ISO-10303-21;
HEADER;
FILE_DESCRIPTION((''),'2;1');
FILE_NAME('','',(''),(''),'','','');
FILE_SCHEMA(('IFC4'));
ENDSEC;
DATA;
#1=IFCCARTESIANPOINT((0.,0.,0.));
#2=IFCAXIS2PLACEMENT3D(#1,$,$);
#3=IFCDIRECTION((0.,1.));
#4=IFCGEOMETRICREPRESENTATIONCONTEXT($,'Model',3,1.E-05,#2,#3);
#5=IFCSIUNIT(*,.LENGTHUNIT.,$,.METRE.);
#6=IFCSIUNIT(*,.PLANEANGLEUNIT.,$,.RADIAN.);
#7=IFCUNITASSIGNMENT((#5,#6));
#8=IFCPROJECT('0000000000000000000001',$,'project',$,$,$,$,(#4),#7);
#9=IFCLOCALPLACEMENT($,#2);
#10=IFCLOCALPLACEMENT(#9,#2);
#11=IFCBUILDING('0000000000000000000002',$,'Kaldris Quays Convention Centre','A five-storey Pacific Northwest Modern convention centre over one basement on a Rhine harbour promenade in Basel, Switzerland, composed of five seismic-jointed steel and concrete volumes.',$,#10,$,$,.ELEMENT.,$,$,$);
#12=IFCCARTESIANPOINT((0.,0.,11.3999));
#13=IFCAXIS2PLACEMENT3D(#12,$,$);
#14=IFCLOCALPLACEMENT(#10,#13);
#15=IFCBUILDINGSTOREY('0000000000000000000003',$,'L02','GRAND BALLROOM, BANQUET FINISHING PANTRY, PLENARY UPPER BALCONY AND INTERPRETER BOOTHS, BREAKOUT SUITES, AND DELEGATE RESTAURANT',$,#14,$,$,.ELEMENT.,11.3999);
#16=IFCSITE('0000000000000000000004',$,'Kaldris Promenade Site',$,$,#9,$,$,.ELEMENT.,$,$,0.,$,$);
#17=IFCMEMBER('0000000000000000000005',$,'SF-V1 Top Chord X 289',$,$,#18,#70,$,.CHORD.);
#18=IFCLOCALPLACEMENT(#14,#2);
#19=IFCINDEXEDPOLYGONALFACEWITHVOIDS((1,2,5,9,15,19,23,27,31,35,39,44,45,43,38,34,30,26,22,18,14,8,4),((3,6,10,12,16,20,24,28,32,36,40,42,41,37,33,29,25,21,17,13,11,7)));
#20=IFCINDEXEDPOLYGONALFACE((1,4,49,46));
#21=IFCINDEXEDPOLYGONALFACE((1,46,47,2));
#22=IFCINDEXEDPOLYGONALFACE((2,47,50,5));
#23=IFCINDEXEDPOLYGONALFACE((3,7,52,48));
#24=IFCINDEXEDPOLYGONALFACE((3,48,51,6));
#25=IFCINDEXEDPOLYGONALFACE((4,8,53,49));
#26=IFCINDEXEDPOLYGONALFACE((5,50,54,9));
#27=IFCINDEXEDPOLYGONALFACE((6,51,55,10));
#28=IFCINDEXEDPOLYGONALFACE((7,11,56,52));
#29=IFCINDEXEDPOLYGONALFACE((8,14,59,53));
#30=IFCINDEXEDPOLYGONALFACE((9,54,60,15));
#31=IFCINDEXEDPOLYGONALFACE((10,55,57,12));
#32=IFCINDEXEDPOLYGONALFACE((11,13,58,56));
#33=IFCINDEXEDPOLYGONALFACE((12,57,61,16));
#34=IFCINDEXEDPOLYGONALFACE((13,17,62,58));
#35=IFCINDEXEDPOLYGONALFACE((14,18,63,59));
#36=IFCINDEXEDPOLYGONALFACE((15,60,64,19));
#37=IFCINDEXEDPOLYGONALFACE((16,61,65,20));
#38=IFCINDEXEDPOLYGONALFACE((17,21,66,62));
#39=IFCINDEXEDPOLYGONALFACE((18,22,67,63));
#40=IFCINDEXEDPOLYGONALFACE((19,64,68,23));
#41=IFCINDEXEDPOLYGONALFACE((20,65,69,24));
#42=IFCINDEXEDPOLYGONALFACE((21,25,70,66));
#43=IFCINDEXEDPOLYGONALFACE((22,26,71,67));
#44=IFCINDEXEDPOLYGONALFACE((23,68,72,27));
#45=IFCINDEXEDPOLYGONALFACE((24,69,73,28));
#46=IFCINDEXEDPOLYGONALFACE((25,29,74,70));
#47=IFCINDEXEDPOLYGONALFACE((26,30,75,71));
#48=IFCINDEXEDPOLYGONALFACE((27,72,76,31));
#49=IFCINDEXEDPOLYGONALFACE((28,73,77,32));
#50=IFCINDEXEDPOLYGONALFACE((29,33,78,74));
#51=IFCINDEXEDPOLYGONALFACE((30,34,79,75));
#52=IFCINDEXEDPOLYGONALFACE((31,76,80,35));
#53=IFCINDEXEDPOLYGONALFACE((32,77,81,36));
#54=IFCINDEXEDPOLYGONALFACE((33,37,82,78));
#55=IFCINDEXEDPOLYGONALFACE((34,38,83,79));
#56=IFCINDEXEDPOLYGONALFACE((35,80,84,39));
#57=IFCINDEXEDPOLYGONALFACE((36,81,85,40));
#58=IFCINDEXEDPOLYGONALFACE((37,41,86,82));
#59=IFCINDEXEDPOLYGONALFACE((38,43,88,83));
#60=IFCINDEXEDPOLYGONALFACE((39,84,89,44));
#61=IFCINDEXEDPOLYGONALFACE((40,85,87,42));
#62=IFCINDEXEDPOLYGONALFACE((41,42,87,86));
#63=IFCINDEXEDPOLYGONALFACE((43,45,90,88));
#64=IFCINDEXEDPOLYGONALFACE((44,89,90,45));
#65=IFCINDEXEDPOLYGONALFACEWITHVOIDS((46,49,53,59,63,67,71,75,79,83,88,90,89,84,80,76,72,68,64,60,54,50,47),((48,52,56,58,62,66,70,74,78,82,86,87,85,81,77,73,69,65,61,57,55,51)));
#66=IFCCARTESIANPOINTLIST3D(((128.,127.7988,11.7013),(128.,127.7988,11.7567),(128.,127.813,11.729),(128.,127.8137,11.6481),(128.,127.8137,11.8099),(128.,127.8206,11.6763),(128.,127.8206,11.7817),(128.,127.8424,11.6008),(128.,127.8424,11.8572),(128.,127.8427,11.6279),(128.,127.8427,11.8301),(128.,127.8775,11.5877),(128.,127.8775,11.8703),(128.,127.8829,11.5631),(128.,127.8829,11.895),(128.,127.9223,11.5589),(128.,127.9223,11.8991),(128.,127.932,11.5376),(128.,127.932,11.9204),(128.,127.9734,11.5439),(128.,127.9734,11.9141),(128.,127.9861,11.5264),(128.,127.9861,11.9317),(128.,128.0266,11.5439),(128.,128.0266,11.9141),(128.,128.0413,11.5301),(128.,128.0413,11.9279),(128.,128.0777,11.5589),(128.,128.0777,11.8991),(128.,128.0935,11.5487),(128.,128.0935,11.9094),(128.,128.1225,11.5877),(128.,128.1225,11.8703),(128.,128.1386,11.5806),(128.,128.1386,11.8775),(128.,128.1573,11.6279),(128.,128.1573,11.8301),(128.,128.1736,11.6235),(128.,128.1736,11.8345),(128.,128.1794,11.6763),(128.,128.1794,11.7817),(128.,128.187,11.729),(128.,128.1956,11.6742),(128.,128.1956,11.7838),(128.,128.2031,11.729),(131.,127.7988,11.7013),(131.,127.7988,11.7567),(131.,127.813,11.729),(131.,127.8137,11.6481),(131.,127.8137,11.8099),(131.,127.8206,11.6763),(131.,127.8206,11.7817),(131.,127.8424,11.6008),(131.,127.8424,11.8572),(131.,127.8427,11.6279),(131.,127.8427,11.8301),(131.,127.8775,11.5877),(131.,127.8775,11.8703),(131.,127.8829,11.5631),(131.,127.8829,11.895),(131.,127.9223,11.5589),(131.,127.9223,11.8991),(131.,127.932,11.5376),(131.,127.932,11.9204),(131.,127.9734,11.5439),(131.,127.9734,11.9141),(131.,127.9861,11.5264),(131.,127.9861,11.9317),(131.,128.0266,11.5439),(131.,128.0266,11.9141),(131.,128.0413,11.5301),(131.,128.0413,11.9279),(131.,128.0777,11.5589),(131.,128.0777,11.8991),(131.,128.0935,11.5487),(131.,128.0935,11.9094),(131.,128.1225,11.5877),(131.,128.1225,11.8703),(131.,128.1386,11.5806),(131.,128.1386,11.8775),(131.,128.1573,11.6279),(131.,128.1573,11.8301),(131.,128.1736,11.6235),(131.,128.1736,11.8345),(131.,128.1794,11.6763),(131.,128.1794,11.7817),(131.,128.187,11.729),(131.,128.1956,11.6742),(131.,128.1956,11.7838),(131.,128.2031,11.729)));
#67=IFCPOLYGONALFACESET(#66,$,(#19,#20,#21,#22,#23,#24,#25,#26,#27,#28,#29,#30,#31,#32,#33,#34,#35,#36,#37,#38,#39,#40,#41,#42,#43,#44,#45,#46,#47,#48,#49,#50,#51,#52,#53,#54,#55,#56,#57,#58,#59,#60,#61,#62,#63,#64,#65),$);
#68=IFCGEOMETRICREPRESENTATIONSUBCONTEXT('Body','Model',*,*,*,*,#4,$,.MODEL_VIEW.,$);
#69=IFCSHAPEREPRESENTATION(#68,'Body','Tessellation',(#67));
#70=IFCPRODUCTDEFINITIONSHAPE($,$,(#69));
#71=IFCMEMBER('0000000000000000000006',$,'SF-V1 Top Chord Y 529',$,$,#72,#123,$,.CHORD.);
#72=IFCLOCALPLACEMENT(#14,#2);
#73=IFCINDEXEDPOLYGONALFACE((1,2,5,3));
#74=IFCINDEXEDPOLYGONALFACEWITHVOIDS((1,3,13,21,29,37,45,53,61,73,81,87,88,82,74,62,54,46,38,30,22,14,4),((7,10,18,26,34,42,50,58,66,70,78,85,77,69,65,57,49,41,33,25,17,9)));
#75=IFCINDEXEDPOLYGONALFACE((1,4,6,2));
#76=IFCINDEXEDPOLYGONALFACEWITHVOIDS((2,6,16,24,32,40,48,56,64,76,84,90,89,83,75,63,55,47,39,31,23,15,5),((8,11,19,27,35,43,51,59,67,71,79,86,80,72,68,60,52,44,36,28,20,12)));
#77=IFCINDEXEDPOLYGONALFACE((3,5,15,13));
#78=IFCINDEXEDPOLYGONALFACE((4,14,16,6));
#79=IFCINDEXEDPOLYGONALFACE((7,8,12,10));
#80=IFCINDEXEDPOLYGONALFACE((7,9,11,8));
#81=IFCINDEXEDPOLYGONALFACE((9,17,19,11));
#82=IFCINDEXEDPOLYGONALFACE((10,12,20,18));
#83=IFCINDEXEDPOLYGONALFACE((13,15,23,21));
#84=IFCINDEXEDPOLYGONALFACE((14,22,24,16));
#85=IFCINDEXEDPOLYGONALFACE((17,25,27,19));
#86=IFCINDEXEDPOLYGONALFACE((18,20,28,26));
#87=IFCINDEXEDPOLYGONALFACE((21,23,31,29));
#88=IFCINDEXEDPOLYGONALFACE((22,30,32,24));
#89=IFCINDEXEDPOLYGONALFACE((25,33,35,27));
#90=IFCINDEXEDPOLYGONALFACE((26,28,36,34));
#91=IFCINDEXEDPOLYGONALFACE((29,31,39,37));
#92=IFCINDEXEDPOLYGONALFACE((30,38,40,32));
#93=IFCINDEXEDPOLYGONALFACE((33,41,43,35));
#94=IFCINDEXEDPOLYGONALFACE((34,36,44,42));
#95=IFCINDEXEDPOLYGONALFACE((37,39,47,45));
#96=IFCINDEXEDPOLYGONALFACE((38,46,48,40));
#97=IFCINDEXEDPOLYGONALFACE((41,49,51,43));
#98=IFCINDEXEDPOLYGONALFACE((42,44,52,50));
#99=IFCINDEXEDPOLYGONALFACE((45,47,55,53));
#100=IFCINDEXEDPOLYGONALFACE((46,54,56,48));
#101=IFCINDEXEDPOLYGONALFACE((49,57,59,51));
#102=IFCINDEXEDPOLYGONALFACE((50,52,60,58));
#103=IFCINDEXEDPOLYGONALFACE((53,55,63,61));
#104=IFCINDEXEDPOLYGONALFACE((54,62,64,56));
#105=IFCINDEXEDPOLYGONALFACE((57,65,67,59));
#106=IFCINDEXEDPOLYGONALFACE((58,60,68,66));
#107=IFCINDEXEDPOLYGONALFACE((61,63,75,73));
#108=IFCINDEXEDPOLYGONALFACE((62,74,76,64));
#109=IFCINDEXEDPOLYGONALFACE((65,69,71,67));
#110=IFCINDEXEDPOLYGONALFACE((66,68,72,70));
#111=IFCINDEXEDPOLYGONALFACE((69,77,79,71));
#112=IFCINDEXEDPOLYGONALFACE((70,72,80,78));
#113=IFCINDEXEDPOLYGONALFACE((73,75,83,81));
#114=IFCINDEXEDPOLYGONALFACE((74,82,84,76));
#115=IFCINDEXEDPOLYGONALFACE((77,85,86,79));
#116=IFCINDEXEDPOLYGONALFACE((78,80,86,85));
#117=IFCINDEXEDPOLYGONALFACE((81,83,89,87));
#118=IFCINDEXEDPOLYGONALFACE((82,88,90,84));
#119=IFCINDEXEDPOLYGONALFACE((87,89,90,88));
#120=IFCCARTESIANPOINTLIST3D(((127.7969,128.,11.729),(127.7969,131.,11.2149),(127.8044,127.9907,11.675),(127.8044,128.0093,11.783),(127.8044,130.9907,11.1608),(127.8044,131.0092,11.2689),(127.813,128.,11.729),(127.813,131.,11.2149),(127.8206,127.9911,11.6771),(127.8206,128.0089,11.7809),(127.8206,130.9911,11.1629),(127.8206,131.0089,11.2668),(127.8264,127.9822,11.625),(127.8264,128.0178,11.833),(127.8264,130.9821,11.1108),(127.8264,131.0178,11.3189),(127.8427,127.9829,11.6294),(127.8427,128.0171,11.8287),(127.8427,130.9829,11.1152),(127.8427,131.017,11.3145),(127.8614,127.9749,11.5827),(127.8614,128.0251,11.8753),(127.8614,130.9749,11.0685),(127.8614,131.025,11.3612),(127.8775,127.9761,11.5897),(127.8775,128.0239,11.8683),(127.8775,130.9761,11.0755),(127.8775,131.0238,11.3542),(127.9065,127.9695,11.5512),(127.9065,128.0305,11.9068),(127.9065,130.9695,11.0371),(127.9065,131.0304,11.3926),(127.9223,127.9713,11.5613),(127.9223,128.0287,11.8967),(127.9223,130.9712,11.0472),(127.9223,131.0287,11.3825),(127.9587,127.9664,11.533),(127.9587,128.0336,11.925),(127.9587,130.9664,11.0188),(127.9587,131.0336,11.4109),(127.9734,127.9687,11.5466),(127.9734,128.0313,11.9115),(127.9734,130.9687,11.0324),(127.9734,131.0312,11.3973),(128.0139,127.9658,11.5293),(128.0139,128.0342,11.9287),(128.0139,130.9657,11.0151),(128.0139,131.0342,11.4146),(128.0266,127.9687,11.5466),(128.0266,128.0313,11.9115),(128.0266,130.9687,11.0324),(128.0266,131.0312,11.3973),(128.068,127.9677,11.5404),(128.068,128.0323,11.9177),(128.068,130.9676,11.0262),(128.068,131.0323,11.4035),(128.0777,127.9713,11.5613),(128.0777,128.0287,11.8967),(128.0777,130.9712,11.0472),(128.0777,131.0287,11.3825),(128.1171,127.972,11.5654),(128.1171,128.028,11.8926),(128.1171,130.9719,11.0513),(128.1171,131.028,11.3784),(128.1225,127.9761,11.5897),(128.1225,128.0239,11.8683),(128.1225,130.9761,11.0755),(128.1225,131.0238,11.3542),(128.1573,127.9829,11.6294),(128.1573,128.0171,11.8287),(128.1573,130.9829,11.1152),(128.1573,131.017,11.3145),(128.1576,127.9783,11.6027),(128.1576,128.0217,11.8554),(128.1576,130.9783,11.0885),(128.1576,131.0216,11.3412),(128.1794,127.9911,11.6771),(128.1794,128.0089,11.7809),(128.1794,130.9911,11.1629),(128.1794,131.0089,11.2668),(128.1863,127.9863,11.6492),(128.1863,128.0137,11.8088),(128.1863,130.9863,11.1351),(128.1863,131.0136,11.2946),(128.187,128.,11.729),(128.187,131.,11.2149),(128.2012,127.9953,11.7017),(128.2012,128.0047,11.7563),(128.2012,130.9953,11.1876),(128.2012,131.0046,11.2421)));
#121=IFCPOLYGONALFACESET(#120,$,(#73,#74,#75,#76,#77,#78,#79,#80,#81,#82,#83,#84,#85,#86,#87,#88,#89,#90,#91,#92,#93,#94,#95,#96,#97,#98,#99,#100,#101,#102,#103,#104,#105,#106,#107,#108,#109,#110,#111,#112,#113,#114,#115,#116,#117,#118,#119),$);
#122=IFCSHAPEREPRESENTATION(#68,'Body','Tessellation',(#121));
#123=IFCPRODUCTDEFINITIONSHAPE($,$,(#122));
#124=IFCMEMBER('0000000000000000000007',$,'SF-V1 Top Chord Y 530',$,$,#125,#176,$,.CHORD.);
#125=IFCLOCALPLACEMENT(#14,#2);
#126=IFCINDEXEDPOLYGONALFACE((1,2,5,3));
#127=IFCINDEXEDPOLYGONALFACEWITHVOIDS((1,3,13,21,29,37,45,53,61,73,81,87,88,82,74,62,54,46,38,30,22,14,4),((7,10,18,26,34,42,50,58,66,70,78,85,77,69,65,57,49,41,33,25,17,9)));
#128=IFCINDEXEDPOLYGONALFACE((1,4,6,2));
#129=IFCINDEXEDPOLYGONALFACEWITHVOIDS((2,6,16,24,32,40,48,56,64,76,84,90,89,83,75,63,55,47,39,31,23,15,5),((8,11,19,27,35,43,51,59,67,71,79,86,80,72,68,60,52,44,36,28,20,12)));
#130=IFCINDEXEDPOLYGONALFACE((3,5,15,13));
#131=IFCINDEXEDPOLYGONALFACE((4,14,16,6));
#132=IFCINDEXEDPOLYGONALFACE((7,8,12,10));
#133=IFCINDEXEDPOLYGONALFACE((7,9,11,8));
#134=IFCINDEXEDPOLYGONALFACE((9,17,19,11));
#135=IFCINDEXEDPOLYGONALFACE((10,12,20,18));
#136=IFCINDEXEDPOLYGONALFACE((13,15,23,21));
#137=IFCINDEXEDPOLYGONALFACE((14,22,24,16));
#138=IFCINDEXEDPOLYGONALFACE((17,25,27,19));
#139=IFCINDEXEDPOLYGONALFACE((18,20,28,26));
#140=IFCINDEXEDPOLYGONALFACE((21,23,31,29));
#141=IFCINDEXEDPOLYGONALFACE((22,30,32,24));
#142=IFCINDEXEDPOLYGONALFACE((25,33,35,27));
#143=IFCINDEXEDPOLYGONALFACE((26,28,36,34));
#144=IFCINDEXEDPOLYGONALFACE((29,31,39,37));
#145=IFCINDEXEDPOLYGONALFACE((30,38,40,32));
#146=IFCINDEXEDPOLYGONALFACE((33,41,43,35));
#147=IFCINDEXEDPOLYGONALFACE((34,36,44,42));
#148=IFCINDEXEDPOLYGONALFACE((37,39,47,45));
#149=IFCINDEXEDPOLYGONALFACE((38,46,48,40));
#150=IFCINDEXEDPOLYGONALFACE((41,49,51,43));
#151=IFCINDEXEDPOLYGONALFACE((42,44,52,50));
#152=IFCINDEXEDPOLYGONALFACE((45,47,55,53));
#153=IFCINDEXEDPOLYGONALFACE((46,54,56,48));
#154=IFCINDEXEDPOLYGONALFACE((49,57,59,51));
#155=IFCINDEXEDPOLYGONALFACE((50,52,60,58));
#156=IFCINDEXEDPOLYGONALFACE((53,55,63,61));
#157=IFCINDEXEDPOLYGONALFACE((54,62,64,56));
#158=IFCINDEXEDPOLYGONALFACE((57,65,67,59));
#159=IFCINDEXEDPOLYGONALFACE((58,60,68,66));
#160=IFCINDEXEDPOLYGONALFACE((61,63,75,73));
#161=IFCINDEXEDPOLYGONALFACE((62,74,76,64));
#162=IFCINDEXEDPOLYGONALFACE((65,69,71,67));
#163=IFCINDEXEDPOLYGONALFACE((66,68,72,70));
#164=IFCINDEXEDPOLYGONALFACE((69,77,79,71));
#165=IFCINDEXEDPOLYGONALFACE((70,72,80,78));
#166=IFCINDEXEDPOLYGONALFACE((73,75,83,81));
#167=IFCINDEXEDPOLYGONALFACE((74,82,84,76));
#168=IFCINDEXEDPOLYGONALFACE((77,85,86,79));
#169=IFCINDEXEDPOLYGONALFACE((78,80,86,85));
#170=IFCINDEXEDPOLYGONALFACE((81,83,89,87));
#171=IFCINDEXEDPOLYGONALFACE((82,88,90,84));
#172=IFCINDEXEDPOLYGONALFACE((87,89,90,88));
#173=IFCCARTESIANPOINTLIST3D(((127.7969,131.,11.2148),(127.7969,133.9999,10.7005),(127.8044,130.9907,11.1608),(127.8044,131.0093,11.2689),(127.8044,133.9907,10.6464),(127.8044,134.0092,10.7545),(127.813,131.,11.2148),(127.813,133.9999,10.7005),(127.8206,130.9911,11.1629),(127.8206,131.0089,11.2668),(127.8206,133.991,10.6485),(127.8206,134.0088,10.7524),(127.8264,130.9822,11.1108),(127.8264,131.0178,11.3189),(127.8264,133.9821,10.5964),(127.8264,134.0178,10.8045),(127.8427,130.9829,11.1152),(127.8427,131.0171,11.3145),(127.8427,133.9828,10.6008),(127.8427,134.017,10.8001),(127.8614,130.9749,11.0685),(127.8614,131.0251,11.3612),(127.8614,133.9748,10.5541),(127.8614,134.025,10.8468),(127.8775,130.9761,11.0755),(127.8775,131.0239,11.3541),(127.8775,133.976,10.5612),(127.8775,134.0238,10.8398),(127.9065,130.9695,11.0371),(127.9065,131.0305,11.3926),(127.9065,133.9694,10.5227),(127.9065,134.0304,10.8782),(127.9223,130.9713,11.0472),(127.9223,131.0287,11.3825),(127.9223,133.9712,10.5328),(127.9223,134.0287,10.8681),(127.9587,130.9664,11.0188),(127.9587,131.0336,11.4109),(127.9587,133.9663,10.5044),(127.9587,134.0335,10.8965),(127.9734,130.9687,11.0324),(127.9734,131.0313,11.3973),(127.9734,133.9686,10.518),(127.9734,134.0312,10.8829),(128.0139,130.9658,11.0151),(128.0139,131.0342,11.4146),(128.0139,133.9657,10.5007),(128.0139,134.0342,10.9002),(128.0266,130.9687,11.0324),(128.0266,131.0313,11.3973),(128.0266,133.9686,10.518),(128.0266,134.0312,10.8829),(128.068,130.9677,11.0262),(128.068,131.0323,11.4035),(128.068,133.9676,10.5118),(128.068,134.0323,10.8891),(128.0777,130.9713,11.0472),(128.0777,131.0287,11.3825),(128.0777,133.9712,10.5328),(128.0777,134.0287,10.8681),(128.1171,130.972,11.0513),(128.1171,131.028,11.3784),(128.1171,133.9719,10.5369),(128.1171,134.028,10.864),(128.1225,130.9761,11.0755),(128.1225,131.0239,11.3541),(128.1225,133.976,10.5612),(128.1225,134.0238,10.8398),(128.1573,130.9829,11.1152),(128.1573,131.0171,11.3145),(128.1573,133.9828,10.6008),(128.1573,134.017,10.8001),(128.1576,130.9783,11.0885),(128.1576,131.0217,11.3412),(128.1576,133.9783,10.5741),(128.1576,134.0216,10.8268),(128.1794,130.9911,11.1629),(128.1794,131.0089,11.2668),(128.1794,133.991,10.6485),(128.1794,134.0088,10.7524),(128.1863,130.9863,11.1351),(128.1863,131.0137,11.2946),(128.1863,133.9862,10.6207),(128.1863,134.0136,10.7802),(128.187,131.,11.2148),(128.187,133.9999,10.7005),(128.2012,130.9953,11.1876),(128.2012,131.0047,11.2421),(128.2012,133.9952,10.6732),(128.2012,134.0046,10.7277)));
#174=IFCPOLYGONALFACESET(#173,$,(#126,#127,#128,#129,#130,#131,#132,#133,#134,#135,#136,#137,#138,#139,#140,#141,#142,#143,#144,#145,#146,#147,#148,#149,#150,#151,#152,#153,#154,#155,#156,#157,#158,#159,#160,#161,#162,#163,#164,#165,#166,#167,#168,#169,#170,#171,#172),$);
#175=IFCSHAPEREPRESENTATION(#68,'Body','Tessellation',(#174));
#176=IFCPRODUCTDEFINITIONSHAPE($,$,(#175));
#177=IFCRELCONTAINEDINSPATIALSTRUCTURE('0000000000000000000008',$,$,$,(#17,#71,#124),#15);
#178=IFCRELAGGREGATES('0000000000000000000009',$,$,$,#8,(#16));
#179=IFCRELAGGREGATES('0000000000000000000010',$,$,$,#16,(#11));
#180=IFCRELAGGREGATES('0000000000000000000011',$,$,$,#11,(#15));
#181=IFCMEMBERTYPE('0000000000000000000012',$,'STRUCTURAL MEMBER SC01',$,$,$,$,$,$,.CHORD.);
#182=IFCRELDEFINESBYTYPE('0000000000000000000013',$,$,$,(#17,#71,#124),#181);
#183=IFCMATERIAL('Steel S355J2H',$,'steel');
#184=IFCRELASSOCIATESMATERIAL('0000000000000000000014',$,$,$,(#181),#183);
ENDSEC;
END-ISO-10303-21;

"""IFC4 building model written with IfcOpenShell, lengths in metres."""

from ifc_helpers import new_model, si_unit, direction, frame, origin, origin_2d, place, context, subcontext, project, spatial, hollow_circle, extrude, material, material_profile, profile_set, type_object, element, save


model = new_model("IFC4")

# Units and contexts
model_context = context("Model", 3, precision=1e-05, world=origin(), true_north=direction((0.0, 1.0)))
body_context = subcontext(model_context, "Body", "Model", "MODEL_VIEW")
ifc_project = project(units=[si_unit("LENGTHUNIT", "METRE"), si_unit("PLANEANGLEUNIT", "RADIAN")], contexts=[model_context])

# Site, building, storey
site_placement = place(None, origin())
site = spatial("IfcSite", under=ifc_project, at=site_placement, Name="Kaldris Promenade Site", CompositionType="ELEMENT", RefElevation=0.0)
building_placement = place(site_placement, origin())
building = spatial("IfcBuilding", under=site, at=building_placement, Name="Kaldris Quays Convention Centre", Description="A five-storey Pacific Northwest Modern convention centre over one basement on a Rhine harbour promenade in Basel, Switzerland, composed of five seismic-jointed steel and concrete volumes.", CompositionType="ELEMENT")
storey_placement = place(building_placement, frame((0.0, 0.0, 11.3999)))
storey = spatial("IfcBuildingStorey", under=building, at=storey_placement, Name="L02", Description="GRAND BALLROOM, BANQUET FINISHING PANTRY, PLENARY UPPER BALCONY AND INTERPRETER BOOTHS, BREAKOUT SUITES, AND DELEGATE RESTAURANT", CompositionType="ELEMENT", Elevation=11.3999)

# Members
ifc_material_1 = material(Name="Steel S355J2H", Category="steel")
ifc_material_profile_1 = material_profile(ifc_material_1, hollow_circle(Radius=0.2031, WallThickness=0.0161, at=origin_2d()), Name="CHS 406.4x16")
ifc_profile_set_1 = profile_set([ifc_material_profile_1], Name="Steel S355J2H")
member_type_1 = type_object("IfcMemberType", Name="STRUCTURAL MEMBER SC01", PredefinedType="CHORD", material=ifc_profile_set_1)
for number, where, z_axis, x_axis, name in (
    (1, (128.0, 128.0, 11.729), (1.0, 0.0, 0.0), (0.0, 1.0, 0.0), "SF-V1 Top Chord X 289"),
):
    element("IfcMember", number, at=place(storey_placement, frame(where, z_axis=z_axis, x_axis=x_axis)), inside=storey, type_object=member_type_1, Name=name, PredefinedType="CHORD", context=body_context, shape_type="SweptSolid", body=[
        extrude(hollow_circle(Radius=0.2031, WallThickness=0.0161, at=origin_2d()), origin(), (0.0, 0.0, 1.0), 3.0),
    ])
for number, where, z_axis, x_axis, name in (
    (2, (128.0, 128.0, 11.729), (0.0, 0.985629, -0.168924), (-1.0, 0.0, 0.0), "SF-V1 Top Chord Y 529"),
    (3, (128.0, 131.0, 11.2148), (0.0, 0.985616, -0.169002), (-1.0, 0.0, 0.0), "SF-V1 Top Chord Y 530"),
):
    element("IfcMember", number, at=place(storey_placement, frame(where, z_axis=z_axis, x_axis=x_axis)), inside=storey, type_object=member_type_1, Name=name, PredefinedType="CHORD", context=body_context, shape_type="SweptSolid", body=[
        extrude(hollow_circle(Radius=0.2031, WallThickness=0.0161, at=origin_2d()), origin(), (0.0, 0.0, 1.0), 3.0437),
    ])

save(model, "model.ifc")
